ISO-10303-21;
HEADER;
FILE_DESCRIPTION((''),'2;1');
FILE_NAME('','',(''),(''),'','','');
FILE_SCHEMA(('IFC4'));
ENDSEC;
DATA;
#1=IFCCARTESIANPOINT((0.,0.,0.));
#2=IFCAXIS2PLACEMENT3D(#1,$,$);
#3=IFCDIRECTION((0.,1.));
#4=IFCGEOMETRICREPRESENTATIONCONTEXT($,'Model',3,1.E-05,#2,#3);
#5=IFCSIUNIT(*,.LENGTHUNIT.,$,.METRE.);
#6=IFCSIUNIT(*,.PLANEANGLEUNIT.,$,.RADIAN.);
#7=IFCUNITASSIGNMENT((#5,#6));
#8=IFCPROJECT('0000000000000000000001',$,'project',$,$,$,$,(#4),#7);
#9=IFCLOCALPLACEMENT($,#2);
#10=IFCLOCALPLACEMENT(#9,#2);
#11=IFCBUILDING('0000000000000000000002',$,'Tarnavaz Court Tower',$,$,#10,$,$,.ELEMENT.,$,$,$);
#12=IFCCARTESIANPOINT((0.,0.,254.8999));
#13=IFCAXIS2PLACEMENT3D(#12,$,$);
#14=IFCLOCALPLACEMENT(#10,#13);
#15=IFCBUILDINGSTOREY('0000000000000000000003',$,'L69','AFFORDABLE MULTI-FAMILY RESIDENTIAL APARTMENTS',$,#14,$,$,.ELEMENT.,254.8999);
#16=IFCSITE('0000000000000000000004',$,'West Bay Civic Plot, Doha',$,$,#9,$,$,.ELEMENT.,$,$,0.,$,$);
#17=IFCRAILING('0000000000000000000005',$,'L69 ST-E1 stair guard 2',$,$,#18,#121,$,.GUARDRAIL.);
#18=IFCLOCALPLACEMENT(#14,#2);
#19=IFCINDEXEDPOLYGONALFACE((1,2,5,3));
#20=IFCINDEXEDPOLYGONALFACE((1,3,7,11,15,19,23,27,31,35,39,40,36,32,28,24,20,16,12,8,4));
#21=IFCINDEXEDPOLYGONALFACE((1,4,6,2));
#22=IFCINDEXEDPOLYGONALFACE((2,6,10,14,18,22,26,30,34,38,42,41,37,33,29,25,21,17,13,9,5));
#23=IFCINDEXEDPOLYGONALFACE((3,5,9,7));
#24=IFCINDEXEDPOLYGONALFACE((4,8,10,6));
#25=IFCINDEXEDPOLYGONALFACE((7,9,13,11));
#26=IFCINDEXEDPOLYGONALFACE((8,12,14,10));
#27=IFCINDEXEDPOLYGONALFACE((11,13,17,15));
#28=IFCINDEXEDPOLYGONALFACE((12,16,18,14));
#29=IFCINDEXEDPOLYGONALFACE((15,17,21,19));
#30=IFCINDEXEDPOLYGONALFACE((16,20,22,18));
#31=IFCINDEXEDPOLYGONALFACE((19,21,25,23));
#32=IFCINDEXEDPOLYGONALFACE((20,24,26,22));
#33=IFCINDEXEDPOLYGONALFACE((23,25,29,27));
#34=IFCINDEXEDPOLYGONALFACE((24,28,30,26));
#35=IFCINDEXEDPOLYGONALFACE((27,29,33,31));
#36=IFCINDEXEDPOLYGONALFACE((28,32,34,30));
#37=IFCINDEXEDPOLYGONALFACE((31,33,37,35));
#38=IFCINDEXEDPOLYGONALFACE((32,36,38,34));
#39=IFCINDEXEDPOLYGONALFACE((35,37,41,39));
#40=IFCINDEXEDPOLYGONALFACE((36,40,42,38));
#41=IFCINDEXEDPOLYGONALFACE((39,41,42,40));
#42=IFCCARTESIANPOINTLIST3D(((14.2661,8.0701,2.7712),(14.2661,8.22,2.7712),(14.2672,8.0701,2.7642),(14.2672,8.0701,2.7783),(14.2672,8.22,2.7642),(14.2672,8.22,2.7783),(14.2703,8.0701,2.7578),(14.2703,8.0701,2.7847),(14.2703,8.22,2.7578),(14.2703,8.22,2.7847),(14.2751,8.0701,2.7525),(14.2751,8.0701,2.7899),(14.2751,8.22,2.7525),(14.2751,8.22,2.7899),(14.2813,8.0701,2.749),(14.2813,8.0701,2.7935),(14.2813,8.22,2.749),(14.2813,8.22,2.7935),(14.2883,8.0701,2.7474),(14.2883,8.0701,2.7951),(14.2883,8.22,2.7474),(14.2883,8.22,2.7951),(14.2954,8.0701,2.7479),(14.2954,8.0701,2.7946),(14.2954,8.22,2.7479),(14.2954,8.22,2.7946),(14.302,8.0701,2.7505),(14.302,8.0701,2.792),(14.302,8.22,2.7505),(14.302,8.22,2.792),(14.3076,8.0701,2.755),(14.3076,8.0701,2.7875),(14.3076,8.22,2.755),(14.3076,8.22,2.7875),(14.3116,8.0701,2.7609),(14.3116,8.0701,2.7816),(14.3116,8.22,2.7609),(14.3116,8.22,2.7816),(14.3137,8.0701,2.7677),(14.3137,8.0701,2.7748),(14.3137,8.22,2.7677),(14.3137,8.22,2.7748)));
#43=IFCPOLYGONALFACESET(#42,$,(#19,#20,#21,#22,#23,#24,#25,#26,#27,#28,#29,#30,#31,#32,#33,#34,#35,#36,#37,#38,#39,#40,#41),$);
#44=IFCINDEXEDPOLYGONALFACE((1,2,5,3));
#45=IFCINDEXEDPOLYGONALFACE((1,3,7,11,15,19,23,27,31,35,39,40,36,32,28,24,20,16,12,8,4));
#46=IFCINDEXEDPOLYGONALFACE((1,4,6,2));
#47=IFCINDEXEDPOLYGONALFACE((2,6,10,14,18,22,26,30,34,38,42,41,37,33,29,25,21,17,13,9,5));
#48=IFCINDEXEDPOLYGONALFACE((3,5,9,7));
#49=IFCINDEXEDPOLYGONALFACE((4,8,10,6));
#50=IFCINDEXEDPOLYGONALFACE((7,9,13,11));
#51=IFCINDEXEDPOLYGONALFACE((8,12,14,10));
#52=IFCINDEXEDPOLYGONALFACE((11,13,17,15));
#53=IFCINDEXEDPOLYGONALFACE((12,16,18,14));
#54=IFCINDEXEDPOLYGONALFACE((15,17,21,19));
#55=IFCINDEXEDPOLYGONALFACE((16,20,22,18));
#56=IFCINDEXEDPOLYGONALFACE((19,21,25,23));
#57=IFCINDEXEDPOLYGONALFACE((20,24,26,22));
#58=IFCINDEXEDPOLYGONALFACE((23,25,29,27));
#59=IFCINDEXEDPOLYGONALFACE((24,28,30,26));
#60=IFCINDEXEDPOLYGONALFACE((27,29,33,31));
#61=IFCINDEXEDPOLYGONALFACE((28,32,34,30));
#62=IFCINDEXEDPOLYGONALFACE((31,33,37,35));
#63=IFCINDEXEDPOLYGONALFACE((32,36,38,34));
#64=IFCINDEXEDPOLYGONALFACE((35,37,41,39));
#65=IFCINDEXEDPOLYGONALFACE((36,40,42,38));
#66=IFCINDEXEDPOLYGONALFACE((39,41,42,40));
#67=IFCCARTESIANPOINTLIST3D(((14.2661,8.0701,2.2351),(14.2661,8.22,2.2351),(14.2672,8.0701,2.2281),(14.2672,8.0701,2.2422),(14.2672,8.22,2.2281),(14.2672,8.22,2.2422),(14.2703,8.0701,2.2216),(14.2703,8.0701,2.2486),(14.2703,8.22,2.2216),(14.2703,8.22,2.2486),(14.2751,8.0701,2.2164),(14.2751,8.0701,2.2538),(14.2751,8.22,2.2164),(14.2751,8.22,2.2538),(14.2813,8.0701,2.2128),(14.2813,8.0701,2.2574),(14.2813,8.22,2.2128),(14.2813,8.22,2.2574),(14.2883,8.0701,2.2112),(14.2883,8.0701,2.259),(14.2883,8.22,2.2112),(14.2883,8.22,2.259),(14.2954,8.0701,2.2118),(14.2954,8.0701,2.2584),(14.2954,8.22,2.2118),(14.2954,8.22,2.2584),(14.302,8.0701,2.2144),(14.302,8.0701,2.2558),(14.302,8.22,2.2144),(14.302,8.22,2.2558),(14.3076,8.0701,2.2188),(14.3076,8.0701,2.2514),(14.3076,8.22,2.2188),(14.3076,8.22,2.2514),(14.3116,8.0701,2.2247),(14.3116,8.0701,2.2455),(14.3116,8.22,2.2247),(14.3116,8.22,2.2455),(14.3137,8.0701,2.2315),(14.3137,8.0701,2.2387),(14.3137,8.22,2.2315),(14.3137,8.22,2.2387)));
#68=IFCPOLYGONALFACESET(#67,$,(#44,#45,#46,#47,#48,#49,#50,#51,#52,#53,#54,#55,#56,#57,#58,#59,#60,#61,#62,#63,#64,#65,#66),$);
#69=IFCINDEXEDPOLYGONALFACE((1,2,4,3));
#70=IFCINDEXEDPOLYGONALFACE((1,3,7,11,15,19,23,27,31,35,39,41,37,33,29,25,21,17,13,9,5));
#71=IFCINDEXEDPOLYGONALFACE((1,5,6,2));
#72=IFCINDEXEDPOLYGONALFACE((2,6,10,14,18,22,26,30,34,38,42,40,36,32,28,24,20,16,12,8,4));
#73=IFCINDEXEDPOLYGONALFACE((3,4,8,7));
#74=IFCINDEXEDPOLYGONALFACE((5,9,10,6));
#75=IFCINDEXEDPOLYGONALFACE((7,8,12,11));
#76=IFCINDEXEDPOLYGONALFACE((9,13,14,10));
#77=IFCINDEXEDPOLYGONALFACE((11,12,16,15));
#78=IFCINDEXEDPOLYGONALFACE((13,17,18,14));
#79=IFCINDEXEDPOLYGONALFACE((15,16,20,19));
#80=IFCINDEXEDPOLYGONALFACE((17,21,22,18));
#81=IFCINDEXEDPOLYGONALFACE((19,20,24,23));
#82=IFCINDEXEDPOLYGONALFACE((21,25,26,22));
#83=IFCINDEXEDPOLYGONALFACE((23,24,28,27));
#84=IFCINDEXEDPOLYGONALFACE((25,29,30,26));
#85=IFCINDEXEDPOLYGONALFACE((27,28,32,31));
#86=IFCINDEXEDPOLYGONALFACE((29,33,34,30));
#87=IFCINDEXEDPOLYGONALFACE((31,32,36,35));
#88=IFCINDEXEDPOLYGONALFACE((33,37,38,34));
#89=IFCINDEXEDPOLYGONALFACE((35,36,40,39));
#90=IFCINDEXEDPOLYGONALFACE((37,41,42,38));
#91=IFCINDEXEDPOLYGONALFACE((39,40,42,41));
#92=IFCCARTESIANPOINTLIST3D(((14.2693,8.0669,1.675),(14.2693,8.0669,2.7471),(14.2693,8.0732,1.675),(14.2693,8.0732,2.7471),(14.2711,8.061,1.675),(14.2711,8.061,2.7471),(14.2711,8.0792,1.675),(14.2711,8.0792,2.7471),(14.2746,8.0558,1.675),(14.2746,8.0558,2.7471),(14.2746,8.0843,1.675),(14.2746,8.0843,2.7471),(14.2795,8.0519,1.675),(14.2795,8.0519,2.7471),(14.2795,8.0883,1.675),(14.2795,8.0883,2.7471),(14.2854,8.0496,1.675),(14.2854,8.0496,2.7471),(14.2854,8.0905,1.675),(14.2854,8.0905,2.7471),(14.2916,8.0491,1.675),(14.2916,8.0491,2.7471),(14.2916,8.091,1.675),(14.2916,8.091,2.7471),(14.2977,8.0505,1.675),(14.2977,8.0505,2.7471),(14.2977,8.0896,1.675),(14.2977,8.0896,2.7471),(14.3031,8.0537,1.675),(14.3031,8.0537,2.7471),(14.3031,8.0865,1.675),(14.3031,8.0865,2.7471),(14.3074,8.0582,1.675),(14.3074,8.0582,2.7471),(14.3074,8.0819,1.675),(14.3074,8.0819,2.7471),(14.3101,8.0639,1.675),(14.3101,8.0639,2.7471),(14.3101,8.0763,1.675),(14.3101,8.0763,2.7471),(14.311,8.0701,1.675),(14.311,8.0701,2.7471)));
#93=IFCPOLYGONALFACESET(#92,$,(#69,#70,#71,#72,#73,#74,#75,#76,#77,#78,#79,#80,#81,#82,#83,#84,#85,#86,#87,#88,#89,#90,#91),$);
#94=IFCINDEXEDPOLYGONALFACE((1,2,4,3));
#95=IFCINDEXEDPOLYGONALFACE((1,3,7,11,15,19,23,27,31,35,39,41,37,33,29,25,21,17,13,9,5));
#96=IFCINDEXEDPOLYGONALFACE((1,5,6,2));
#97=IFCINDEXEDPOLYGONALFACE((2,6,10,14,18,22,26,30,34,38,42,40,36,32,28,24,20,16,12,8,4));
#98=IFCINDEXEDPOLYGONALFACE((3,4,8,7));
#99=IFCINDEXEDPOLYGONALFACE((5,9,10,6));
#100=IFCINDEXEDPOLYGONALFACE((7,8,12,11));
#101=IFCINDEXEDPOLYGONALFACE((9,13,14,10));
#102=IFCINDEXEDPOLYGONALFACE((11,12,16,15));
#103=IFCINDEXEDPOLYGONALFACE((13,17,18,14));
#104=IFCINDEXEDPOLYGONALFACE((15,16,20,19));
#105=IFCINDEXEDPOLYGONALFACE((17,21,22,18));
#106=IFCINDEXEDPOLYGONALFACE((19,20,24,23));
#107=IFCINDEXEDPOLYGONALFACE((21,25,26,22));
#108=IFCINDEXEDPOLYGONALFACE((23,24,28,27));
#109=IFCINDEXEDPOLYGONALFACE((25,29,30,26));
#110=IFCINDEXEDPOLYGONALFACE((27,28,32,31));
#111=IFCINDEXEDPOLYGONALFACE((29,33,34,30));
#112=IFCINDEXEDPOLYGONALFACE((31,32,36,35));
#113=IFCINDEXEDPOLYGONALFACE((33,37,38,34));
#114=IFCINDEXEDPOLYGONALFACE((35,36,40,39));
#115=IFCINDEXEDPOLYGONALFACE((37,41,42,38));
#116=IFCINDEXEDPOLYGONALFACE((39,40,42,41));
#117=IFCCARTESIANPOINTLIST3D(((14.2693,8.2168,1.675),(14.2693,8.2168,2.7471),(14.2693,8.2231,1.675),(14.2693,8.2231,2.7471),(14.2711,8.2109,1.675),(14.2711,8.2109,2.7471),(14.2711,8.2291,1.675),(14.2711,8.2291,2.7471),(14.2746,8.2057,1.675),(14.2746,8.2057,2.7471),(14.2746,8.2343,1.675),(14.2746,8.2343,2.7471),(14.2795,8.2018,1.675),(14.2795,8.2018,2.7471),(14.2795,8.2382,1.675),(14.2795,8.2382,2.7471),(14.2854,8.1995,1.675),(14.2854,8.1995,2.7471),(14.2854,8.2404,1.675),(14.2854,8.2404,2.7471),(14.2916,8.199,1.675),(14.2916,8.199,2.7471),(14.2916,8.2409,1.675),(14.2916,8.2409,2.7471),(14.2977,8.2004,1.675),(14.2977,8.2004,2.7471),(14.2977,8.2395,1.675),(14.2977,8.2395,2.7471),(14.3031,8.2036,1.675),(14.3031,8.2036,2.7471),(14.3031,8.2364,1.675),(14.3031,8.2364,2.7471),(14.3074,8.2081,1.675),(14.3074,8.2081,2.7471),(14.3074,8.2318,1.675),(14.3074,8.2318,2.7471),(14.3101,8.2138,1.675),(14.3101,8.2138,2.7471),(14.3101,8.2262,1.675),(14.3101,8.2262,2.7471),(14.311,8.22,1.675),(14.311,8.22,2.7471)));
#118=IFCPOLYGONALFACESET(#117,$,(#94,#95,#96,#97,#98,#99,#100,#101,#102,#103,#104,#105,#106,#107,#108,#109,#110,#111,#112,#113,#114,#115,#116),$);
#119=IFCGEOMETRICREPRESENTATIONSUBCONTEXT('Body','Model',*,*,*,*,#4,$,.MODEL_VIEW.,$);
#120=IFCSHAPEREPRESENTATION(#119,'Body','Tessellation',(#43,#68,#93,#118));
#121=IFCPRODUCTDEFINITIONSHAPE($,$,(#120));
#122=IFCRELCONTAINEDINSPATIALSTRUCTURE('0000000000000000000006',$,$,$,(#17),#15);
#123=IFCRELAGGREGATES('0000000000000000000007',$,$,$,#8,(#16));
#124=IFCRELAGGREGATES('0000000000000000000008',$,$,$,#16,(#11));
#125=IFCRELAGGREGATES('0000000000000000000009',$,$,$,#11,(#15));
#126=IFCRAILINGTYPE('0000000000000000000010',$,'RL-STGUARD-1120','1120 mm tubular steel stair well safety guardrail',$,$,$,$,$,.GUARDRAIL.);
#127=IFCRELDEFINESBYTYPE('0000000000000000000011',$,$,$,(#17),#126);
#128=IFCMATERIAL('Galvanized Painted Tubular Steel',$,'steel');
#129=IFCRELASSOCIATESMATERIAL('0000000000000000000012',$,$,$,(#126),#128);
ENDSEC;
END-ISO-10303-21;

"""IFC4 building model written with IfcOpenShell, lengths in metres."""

from ifc_helpers import new_model, si_unit, direction, frame, origin, origin_2d, place, context, subcontext, project, spatial, circle, extrude, material, type_object, element, save


model = new_model("IFC4")

# Units and contexts
model_context = context("Model", 3, precision=1e-05, world=origin(), true_north=direction((0.0, 1.0)))
body_context = subcontext(model_context, "Body", "Model", "MODEL_VIEW")
ifc_project = project(units=[si_unit("LENGTHUNIT", "METRE"), si_unit("PLANEANGLEUNIT", "RADIAN")], contexts=[model_context])

# Site, building, storey
site_placement = place(None, origin())
site = spatial("IfcSite", under=ifc_project, at=site_placement, Name="West Bay Civic Plot, Doha", CompositionType="ELEMENT", RefElevation=0.0)
building_placement = place(site_placement, origin())
building = spatial("IfcBuilding", under=site, at=building_placement, Name="Tarnavaz Court Tower", CompositionType="ELEMENT")
storey_placement = place(building_placement, frame((0.0, 0.0, 254.8999)))
storey = spatial("IfcBuildingStorey", under=building, at=storey_placement, Name="L69", Description="AFFORDABLE MULTI-FAMILY RESIDENTIAL APARTMENTS", CompositionType="ELEMENT", Elevation=254.8999)

# Railing
ifc_material_1 = material(Name="Galvanized Painted Tubular Steel", Category="steel")
railing_type_1 = type_object("IfcRailingType", Name="RL-STGUARD-1120", Description="1120 mm tubular steel stair well safety guardrail", PredefinedType="GUARDRAIL", material=ifc_material_1)
railing_1_placement = place(storey_placement, frame((14.29, 8.0701, 1.675)))
element("IfcRailing", 1, at=railing_1_placement, inside=storey, type_object=railing_type_1, Name="L69 ST-E1 stair guard 2", PredefinedType="GUARDRAIL", context=body_context, shape_type="SweptSolid", body=[
    extrude(circle(Radius=0.0239, at=origin_2d()), frame((0.0, 0.0, 1.0962), z_axis=(0.0, 1.0, 0.0), x_axis=(-1.0, 0.0, 0.0)), (0.0, 0.0, 1.0), 0.1499),
    extrude(circle(Radius=0.0239, at=origin_2d()), frame((0.0, 0.0, 0.5601), z_axis=(0.0, 1.0, 0.0), x_axis=(-1.0, 0.0, 0.0)), (0.0, 0.0, 1.0), 0.1499),
    extrude(circle(Radius=0.021, at=origin_2d()), origin(), (0.0, 0.0, 1.0), 1.072),
    extrude(circle(Radius=0.021, at=origin_2d()), frame((0.0, 0.1499, 0.0)), (0.0, 0.0, 1.0), 1.072),
])

save(model, "model.ifc")
